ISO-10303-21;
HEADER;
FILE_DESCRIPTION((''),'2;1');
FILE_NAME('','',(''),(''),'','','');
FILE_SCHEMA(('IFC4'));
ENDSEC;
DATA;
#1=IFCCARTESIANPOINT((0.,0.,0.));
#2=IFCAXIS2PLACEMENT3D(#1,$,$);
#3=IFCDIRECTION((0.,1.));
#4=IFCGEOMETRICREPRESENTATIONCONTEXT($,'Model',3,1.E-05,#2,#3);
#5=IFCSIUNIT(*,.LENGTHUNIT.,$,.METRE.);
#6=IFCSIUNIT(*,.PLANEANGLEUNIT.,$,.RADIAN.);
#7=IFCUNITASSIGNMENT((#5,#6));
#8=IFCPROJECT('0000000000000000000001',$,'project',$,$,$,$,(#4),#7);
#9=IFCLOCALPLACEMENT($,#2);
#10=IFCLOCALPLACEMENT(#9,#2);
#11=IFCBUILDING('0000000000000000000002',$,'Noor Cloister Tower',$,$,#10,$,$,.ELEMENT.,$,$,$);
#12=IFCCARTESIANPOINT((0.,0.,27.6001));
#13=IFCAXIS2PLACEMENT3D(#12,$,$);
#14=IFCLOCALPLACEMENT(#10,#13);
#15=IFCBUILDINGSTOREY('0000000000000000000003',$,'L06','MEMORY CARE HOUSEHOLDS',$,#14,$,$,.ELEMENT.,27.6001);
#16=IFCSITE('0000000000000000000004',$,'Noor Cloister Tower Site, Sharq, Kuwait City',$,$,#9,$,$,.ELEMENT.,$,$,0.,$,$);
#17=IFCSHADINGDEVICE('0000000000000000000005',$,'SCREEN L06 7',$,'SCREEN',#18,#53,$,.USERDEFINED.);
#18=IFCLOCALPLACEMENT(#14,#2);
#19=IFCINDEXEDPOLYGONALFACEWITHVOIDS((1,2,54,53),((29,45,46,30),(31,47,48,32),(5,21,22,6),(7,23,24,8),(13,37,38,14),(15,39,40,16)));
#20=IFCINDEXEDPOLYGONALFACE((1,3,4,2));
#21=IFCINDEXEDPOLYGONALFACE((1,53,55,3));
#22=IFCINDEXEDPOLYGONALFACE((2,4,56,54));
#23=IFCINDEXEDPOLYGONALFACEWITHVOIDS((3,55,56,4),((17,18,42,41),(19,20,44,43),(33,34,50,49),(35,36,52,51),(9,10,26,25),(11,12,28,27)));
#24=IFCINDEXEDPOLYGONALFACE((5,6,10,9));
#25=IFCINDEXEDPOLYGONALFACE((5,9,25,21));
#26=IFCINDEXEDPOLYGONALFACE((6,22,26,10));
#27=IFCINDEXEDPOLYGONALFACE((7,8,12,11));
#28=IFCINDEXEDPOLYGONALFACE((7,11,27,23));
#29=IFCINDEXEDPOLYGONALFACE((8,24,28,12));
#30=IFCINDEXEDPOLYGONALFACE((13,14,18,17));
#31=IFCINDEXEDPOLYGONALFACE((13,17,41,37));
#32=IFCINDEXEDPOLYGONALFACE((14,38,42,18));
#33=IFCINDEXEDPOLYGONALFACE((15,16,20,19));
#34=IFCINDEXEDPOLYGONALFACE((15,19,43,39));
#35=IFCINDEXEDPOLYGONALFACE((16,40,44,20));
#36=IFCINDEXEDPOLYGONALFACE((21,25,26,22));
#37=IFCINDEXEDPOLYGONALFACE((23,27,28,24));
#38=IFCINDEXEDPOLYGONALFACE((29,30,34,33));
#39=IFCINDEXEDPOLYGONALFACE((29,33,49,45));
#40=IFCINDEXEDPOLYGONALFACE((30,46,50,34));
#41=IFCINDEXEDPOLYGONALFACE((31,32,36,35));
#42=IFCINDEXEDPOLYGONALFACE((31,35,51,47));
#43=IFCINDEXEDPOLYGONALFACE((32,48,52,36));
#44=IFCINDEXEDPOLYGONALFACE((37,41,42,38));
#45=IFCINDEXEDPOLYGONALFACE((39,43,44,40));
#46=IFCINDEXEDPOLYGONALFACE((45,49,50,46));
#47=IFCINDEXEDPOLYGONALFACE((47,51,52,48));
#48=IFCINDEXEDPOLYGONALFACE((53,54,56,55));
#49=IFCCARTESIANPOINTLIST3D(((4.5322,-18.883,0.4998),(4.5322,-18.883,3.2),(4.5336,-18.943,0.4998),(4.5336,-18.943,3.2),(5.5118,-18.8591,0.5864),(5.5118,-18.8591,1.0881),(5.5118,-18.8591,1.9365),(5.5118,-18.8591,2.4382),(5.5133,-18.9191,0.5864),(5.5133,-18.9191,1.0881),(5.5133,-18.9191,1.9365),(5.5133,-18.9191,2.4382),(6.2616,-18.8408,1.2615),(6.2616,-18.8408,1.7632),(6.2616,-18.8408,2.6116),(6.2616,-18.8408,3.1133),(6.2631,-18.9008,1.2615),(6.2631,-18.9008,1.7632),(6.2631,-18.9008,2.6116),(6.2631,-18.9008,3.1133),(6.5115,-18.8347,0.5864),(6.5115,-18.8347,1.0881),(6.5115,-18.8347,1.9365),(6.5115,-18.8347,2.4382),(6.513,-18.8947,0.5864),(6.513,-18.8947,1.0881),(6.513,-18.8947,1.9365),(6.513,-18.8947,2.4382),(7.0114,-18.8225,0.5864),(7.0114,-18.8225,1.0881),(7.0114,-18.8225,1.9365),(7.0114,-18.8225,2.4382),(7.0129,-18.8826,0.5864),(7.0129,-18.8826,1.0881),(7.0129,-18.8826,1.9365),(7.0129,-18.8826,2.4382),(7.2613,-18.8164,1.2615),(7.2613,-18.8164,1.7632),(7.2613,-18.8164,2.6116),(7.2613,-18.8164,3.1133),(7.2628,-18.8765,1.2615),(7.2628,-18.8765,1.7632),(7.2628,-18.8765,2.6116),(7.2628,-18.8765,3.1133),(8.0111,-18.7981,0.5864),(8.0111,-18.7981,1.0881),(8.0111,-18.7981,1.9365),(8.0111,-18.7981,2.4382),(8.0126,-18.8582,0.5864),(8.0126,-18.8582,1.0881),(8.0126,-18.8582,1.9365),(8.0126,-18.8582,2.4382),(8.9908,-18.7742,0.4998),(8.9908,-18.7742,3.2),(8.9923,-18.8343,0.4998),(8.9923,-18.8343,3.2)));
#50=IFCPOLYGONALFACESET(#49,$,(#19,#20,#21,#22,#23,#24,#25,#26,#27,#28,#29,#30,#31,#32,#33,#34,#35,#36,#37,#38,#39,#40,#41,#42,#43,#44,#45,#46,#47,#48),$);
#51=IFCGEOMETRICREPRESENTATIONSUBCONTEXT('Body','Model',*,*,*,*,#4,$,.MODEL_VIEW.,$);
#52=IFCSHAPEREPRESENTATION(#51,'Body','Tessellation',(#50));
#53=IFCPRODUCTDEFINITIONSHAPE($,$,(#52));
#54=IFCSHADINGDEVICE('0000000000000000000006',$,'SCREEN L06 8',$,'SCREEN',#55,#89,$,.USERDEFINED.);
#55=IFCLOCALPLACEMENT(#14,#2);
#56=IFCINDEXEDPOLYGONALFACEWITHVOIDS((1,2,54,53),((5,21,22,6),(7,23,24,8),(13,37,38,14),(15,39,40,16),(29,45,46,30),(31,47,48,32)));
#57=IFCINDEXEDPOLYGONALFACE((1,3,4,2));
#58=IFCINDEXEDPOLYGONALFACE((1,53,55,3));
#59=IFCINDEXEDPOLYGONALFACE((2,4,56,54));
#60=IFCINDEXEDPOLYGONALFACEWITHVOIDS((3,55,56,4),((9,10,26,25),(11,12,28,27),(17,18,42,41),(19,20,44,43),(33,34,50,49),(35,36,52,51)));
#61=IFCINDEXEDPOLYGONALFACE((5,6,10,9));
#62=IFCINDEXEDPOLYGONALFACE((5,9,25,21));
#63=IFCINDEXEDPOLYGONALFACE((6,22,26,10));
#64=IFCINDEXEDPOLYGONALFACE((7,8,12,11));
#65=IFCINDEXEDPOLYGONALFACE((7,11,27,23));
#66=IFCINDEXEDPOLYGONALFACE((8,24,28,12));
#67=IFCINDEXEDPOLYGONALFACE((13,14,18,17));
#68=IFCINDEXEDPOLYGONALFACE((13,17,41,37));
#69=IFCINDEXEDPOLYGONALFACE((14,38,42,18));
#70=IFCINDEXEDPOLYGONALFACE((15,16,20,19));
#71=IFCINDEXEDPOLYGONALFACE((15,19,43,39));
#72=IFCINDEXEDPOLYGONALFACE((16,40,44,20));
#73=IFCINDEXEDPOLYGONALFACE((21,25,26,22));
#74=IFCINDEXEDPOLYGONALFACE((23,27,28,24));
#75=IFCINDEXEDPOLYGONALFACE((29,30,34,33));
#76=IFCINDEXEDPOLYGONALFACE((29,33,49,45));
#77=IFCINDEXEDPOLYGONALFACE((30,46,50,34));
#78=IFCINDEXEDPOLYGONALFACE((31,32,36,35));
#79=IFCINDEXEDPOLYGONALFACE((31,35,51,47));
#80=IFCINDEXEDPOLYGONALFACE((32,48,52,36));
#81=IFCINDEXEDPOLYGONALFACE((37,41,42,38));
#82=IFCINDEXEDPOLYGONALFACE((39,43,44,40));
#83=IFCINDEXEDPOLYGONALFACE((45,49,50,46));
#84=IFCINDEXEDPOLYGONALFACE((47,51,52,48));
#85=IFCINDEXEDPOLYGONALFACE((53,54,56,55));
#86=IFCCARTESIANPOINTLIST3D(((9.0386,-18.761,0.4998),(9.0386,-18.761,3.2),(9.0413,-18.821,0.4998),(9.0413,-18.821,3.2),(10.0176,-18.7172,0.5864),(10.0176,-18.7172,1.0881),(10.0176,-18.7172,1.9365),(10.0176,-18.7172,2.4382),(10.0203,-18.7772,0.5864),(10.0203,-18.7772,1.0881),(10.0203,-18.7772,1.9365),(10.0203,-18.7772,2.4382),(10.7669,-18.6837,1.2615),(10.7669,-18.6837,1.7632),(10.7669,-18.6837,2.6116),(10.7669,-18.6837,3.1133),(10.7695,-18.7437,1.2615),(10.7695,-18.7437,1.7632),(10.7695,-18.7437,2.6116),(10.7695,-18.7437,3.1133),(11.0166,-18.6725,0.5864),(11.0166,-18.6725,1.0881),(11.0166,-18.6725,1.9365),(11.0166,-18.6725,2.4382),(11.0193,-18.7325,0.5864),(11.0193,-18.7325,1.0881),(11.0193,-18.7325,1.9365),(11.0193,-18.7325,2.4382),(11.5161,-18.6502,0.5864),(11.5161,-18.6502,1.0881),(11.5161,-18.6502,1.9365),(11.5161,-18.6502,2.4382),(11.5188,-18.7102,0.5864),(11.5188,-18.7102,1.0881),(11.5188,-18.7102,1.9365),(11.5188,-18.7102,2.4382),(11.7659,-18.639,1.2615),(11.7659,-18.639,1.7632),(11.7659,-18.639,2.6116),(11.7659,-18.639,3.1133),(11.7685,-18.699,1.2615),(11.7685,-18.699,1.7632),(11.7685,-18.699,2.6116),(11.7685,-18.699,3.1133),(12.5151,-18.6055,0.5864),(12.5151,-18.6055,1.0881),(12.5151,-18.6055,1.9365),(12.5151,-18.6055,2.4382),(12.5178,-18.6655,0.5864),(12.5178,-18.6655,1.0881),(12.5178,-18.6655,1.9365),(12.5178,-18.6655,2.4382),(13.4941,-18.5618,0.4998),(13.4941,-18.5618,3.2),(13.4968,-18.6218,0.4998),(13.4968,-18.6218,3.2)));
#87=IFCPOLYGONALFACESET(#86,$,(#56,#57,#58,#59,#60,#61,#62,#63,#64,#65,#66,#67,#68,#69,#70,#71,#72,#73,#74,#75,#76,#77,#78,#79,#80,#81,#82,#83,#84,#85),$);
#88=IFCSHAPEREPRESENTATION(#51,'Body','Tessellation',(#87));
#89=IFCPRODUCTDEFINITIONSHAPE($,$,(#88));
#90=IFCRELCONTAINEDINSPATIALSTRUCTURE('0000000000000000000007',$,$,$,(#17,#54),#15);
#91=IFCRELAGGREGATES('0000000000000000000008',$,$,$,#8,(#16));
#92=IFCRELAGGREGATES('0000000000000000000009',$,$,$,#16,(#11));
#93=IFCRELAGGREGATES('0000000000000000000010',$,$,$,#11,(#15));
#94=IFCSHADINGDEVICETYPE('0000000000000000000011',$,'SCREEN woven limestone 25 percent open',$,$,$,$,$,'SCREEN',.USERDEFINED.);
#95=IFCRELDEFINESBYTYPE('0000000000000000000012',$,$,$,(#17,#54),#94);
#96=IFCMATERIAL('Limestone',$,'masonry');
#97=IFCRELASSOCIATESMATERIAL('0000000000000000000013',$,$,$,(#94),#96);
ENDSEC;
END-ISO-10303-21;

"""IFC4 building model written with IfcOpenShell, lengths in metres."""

from ifc_helpers import new_model, si_unit, direction, frame, origin, place, context, subcontext, project, spatial, polyline, outline, extrude, material, material_profile, profile_set, type_object, element, save


model = new_model("IFC4")

# Units and contexts
model_context = context("Model", 3, precision=1e-05, world=origin(), true_north=direction((0.0, 1.0)))
body_context = subcontext(model_context, "Body", "Model", "MODEL_VIEW")
ifc_project = project(units=[si_unit("LENGTHUNIT", "METRE"), si_unit("PLANEANGLEUNIT", "RADIAN")], contexts=[model_context])

# Site, building, storey
site_placement = place(None, origin())
site = spatial("IfcSite", under=ifc_project, at=site_placement, Name="Noor Cloister Tower Site, Sharq, Kuwait City", CompositionType="ELEMENT", RefElevation=0.0)
building_placement = place(site_placement, origin())
building = spatial("IfcBuilding", under=site, at=building_placement, Name="Noor Cloister Tower", CompositionType="ELEMENT")
storey_placement = place(building_placement, frame((0.0, 0.0, 27.6001)))
storey = spatial("IfcBuildingStorey", under=building, at=storey_placement, Name="L06", Description="MEMORY CARE HOUSEHOLDS", CompositionType="ELEMENT", Elevation=27.6001)

# Shading devices
ifc_material_1 = material(Name="Limestone", Category="masonry")
ifc_material_profile_1 = material_profile(ifc_material_1, outline(polyline([(-2.23, -1.3501), (2.23, -1.3501), (2.23, 1.3501), (-2.23, 1.3501), (-2.23, -1.3501)]), holes=[polyline([(-1.25, -1.2634), (-0.25, -1.2634), (-0.25, -0.7617), (-1.25, -0.7617), (-1.25, -1.2634)]), polyline([(0.25, -1.2634), (1.25, -1.2634), (1.25, -0.7617), (0.25, -0.7617), (0.25, -1.2634)]), polyline([(-0.5, -0.5884), (0.5, -0.5884), (0.5, -0.0867), (-0.5, -0.0867), (-0.5, -0.5884)]), polyline([(-1.25, 0.0867), (-0.25, 0.0867), (-0.25, 0.5884), (-1.25, 0.5884), (-1.25, 0.0867)]), polyline([(0.25, 0.0867), (1.25, 0.0867), (1.25, 0.5884), (0.25, 0.5884), (0.25, 0.0867)]), polyline([(-0.5, 0.7617), (0.5, 0.7617), (0.5, 1.2634), (-0.5, 1.2634), (-0.5, 0.7617)])]), Name="Woven screen 25 percent open")
ifc_profile_set_1 = profile_set([ifc_material_profile_1], Name="Limestone")
shading_device_type = type_object("IfcShadingDeviceType", Name="SCREEN woven limestone 25 percent open", ElementType="SCREEN", PredefinedType="USERDEFINED", material=ifc_profile_set_1)
for number, where, z_axis, x_axis, name in (
    (1, (6.7615, -18.8286, 1.8499), (0.024383, -0.999703, 0.0), (0.999703, 0.024383, 0.0), "SCREEN L06 7"),
    (2, (11.2664, -18.6614, 1.8499), (0.044671, -0.999002, 0.0), (0.999002, 0.044671, 0.0), "SCREEN L06 8"),
):
    element("IfcShadingDevice", number, at=place(storey_placement, frame(where, z_axis=z_axis, x_axis=x_axis)), inside=storey, type_object=shading_device_type, Name=name, ObjectType="SCREEN", PredefinedType="USERDEFINED", context=body_context, shape_type="SweptSolid", body=[
        extrude(outline(polyline([(-2.23, -1.3501), (2.23, -1.3501), (2.23, 1.3501), (-2.23, 1.3501), (-2.23, -1.3501)]), holes=[polyline([(-1.25, -1.2634), (-0.25, -1.2634), (-0.25, -0.7617), (-1.25, -0.7617), (-1.25, -1.2634)]), polyline([(0.25, -1.2634), (1.25, -1.2634), (1.25, -0.7617), (0.25, -0.7617), (0.25, -1.2634)]), polyline([(-0.5, -0.5884), (0.5, -0.5884), (0.5, -0.0867), (-0.5, -0.0867), (-0.5, -0.5884)]), polyline([(-1.25, 0.0867), (-0.25, 0.0867), (-0.25, 0.5884), (-1.25, 0.5884), (-1.25, 0.0867)]), polyline([(0.25, 0.0867), (1.25, 0.0867), (1.25, 0.5884), (0.25, 0.5884), (0.25, 0.0867)]), polyline([(-0.5, 0.7617), (0.5, 0.7617), (0.5, 1.2634), (-0.5, 1.2634), (-0.5, 0.7617)])]), origin(), (0.0, 0.0, 1.0), 0.0601),
    ])

save(model, "model.ifc")
